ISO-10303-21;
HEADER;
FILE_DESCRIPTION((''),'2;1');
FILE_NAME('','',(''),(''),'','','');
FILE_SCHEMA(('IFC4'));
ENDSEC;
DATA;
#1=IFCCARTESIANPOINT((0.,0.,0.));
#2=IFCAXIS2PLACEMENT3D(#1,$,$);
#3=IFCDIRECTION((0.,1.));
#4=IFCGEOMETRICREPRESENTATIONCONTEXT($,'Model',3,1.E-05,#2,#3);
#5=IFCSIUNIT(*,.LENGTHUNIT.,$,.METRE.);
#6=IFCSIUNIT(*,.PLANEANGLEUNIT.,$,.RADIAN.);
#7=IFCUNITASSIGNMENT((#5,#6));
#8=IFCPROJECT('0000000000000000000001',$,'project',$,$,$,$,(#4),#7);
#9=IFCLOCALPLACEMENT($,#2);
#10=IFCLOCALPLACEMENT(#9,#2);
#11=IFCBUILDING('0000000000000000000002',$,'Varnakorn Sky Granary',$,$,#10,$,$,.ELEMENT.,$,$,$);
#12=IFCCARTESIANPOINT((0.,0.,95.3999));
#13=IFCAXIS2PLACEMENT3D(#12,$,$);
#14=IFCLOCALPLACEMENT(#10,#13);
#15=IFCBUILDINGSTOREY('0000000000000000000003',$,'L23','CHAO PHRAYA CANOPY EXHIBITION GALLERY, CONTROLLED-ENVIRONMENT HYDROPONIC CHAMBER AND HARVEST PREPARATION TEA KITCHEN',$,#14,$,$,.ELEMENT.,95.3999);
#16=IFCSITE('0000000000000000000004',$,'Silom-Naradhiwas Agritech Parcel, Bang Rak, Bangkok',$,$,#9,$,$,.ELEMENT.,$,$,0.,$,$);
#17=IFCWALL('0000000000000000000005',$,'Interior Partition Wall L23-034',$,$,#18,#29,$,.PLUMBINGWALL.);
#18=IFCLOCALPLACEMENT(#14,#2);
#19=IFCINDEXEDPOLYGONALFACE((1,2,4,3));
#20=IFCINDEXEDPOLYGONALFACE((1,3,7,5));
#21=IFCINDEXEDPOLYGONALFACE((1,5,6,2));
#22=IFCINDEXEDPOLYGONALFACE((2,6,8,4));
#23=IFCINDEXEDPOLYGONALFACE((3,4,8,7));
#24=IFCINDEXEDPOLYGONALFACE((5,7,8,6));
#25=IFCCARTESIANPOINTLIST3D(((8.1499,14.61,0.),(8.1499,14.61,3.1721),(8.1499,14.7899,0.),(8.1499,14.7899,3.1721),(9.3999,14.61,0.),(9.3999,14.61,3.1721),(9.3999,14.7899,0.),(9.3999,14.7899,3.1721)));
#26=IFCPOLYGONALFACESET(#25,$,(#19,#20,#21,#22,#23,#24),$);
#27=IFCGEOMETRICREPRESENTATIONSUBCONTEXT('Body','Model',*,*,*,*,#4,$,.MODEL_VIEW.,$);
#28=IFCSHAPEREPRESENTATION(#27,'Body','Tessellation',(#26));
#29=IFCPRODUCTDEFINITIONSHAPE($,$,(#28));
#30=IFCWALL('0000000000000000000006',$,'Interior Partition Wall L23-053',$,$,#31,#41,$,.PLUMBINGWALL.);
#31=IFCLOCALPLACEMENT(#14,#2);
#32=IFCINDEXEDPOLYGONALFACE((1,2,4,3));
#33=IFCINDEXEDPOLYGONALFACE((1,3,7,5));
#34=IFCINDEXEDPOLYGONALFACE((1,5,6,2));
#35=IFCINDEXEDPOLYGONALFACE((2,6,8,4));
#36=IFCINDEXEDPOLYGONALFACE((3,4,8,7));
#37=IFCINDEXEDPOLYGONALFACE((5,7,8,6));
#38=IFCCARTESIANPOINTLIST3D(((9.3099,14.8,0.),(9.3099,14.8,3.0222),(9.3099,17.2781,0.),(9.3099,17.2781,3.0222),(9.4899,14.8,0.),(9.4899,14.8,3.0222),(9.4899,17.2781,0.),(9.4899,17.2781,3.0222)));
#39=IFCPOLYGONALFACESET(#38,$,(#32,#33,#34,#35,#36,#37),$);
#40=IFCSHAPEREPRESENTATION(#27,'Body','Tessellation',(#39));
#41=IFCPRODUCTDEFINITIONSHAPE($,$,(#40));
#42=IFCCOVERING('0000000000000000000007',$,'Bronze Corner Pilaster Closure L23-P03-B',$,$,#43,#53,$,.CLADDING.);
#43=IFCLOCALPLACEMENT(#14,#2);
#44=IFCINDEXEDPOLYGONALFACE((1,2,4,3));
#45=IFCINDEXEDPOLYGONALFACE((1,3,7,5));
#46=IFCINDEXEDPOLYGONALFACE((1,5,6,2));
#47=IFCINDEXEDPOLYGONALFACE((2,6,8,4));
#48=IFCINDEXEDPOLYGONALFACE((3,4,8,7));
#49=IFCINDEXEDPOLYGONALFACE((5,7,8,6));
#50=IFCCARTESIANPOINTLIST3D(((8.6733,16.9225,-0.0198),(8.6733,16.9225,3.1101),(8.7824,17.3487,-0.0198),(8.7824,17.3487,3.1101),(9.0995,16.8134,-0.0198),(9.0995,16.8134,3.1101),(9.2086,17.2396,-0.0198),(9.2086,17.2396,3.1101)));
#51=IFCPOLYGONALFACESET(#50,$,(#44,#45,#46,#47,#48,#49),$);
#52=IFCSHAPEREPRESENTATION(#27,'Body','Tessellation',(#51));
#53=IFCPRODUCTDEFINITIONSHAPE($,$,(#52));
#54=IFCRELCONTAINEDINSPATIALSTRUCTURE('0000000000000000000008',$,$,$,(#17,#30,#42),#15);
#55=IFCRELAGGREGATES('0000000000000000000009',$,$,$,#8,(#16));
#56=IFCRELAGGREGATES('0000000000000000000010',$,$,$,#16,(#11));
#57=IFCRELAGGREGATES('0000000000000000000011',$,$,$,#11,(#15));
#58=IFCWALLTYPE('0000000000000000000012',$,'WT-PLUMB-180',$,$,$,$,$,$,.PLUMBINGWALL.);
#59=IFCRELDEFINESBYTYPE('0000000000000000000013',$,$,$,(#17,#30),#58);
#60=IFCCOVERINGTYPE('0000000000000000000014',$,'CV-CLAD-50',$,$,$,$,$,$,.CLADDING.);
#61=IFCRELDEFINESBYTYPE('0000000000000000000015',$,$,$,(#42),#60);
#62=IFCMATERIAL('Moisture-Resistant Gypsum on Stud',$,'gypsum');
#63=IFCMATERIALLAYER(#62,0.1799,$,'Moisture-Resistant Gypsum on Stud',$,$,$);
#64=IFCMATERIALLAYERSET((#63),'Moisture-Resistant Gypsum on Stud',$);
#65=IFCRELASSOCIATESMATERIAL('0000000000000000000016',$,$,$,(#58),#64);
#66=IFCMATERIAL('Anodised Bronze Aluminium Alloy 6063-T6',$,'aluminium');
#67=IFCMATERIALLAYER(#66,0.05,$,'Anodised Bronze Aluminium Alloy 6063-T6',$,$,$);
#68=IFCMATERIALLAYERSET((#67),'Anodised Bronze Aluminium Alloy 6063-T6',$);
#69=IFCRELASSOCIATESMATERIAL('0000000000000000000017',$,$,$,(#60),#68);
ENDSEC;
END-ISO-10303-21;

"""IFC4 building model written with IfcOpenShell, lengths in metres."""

from ifc_helpers import new_model, si_unit, direction, frame, frame_2d, origin, origin_2d, place, context, subcontext, project, spatial, rectangle, extrude, source, transform, mapped, material, layer, layer_set, type_object, type_shapes, element, save


model = new_model("IFC4")

# Units and contexts
model_context = context("Model", 3, precision=1e-05, world=origin(), true_north=direction((0.0, 1.0)))
body_context = subcontext(model_context, "Body", "Model", "MODEL_VIEW")
ifc_project = project(units=[si_unit("LENGTHUNIT", "METRE"), si_unit("PLANEANGLEUNIT", "RADIAN")], contexts=[model_context])

# Site, building, storey
site_placement = place(None, origin())
site = spatial("IfcSite", under=ifc_project, at=site_placement, Name="Silom-Naradhiwas Agritech Parcel, Bang Rak, Bangkok", CompositionType="ELEMENT", RefElevation=0.0)
building_placement = place(site_placement, origin())
building = spatial("IfcBuilding", under=site, at=building_placement, Name="Varnakorn Sky Granary", CompositionType="ELEMENT")
storey_placement = place(building_placement, frame((0.0, 0.0, 95.3999)))
storey = spatial("IfcBuildingStorey", under=building, at=storey_placement, Name="L23", Description="CHAO PHRAYA CANOPY EXHIBITION GALLERY, CONTROLLED-ENVIRONMENT HYDROPONIC CHAMBER AND HARVEST PREPARATION TEA KITCHEN", CompositionType="ELEMENT", Elevation=95.3999)

# Shared definitions
ifc_material_1 = material(Name="Anodised Bronze Aluminium Alloy 6063-T6", Category="aluminium")

# Walls
ifc_material_2 = material(Name="Moisture-Resistant Gypsum on Stud", Category="gypsum")
ifc_layer_1 = layer(ifc_material_2, 0.1799, Name="Moisture-Resistant Gypsum on Stud")
ifc_layer_set_1 = layer_set([ifc_layer_1], Name="Moisture-Resistant Gypsum on Stud")
wall_type_1 = type_object("IfcWallType", Name="WT-PLUMB-180", PredefinedType="PLUMBINGWALL", material=ifc_layer_set_1)
wall_1_placement = place(storey_placement, frame((9.3999, 14.7, 0.0), z_axis=(0.0, 0.0, 1.0), x_axis=(-1.0, 0.0, 0.0)))
element("IfcWall", 1, at=wall_1_placement, inside=storey, type_object=wall_type_1, Name="Interior Partition Wall L23-034", PredefinedType="PLUMBINGWALL", context=body_context, shape_type="SweptSolid", body=[
    extrude(rectangle(XDim=1.25, YDim=0.1799, at=frame_2d((0.625, 0.0))), origin(), (0.0, 0.0, 1.0), 3.1721),
])
wall_2_placement = place(storey_placement, frame((9.3999, 14.8, 0.0), z_axis=(0.0, 0.0, 1.0), x_axis=(0.0, 1.0, 0.0)))
element("IfcWall", 2, at=wall_2_placement, inside=storey, type_object=wall_type_1, Name="Interior Partition Wall L23-053", PredefinedType="PLUMBINGWALL", context=body_context, shape_type="SweptSolid", body=[
    extrude(rectangle(XDim=2.478, YDim=0.1799, at=frame_2d((1.239, 0.0))), origin(), (0.0, 0.0, 1.0), 3.0222),
])

# Covering
ifc_layer_2 = layer(ifc_material_1, 0.05, Name="Anodised Bronze Aluminium Alloy 6063-T6")
ifc_layer_set_2 = layer_set([ifc_layer_2], Name="Anodised Bronze Aluminium Alloy 6063-T6")
covering_type = type_object("IfcCoveringType", Name="CV-CLAD-50", PredefinedType="CLADDING", material=ifc_layer_set_2)
shared_shape_1 = source(origin(), body_context, "Body", "SweptSolid", [
    extrude(rectangle(XDim=0.4399, YDim=0.4399, at=origin_2d()), origin(), (0.0, 0.0, 1.0), 3.1299),
])
type_shapes(covering_type, [shared_shape_1])
covering_placement = place(storey_placement, frame((8.9409, 17.0811, -0.0198), z_axis=(0.0, 0.0, 1.0), x_axis=(0.968757, -0.248014, 0.0)))
element("IfcCovering", 3, at=covering_placement, inside=storey, type_object=covering_type, Name="Bronze Corner Pilaster Closure L23-P03-B", PredefinedType="CLADDING", context=body_context, shape_type="MappedRepresentation", body=[
    mapped(shared_shape_1, transform((0.0, 0.0, 0.0), x_axis=(1.0, 0.0, 0.0), y_axis=(0.0, 1.0, 0.0), z_axis=(0.0, 0.0, 1.0), scale=1.0)),
])

save(model, "model.ifc")
